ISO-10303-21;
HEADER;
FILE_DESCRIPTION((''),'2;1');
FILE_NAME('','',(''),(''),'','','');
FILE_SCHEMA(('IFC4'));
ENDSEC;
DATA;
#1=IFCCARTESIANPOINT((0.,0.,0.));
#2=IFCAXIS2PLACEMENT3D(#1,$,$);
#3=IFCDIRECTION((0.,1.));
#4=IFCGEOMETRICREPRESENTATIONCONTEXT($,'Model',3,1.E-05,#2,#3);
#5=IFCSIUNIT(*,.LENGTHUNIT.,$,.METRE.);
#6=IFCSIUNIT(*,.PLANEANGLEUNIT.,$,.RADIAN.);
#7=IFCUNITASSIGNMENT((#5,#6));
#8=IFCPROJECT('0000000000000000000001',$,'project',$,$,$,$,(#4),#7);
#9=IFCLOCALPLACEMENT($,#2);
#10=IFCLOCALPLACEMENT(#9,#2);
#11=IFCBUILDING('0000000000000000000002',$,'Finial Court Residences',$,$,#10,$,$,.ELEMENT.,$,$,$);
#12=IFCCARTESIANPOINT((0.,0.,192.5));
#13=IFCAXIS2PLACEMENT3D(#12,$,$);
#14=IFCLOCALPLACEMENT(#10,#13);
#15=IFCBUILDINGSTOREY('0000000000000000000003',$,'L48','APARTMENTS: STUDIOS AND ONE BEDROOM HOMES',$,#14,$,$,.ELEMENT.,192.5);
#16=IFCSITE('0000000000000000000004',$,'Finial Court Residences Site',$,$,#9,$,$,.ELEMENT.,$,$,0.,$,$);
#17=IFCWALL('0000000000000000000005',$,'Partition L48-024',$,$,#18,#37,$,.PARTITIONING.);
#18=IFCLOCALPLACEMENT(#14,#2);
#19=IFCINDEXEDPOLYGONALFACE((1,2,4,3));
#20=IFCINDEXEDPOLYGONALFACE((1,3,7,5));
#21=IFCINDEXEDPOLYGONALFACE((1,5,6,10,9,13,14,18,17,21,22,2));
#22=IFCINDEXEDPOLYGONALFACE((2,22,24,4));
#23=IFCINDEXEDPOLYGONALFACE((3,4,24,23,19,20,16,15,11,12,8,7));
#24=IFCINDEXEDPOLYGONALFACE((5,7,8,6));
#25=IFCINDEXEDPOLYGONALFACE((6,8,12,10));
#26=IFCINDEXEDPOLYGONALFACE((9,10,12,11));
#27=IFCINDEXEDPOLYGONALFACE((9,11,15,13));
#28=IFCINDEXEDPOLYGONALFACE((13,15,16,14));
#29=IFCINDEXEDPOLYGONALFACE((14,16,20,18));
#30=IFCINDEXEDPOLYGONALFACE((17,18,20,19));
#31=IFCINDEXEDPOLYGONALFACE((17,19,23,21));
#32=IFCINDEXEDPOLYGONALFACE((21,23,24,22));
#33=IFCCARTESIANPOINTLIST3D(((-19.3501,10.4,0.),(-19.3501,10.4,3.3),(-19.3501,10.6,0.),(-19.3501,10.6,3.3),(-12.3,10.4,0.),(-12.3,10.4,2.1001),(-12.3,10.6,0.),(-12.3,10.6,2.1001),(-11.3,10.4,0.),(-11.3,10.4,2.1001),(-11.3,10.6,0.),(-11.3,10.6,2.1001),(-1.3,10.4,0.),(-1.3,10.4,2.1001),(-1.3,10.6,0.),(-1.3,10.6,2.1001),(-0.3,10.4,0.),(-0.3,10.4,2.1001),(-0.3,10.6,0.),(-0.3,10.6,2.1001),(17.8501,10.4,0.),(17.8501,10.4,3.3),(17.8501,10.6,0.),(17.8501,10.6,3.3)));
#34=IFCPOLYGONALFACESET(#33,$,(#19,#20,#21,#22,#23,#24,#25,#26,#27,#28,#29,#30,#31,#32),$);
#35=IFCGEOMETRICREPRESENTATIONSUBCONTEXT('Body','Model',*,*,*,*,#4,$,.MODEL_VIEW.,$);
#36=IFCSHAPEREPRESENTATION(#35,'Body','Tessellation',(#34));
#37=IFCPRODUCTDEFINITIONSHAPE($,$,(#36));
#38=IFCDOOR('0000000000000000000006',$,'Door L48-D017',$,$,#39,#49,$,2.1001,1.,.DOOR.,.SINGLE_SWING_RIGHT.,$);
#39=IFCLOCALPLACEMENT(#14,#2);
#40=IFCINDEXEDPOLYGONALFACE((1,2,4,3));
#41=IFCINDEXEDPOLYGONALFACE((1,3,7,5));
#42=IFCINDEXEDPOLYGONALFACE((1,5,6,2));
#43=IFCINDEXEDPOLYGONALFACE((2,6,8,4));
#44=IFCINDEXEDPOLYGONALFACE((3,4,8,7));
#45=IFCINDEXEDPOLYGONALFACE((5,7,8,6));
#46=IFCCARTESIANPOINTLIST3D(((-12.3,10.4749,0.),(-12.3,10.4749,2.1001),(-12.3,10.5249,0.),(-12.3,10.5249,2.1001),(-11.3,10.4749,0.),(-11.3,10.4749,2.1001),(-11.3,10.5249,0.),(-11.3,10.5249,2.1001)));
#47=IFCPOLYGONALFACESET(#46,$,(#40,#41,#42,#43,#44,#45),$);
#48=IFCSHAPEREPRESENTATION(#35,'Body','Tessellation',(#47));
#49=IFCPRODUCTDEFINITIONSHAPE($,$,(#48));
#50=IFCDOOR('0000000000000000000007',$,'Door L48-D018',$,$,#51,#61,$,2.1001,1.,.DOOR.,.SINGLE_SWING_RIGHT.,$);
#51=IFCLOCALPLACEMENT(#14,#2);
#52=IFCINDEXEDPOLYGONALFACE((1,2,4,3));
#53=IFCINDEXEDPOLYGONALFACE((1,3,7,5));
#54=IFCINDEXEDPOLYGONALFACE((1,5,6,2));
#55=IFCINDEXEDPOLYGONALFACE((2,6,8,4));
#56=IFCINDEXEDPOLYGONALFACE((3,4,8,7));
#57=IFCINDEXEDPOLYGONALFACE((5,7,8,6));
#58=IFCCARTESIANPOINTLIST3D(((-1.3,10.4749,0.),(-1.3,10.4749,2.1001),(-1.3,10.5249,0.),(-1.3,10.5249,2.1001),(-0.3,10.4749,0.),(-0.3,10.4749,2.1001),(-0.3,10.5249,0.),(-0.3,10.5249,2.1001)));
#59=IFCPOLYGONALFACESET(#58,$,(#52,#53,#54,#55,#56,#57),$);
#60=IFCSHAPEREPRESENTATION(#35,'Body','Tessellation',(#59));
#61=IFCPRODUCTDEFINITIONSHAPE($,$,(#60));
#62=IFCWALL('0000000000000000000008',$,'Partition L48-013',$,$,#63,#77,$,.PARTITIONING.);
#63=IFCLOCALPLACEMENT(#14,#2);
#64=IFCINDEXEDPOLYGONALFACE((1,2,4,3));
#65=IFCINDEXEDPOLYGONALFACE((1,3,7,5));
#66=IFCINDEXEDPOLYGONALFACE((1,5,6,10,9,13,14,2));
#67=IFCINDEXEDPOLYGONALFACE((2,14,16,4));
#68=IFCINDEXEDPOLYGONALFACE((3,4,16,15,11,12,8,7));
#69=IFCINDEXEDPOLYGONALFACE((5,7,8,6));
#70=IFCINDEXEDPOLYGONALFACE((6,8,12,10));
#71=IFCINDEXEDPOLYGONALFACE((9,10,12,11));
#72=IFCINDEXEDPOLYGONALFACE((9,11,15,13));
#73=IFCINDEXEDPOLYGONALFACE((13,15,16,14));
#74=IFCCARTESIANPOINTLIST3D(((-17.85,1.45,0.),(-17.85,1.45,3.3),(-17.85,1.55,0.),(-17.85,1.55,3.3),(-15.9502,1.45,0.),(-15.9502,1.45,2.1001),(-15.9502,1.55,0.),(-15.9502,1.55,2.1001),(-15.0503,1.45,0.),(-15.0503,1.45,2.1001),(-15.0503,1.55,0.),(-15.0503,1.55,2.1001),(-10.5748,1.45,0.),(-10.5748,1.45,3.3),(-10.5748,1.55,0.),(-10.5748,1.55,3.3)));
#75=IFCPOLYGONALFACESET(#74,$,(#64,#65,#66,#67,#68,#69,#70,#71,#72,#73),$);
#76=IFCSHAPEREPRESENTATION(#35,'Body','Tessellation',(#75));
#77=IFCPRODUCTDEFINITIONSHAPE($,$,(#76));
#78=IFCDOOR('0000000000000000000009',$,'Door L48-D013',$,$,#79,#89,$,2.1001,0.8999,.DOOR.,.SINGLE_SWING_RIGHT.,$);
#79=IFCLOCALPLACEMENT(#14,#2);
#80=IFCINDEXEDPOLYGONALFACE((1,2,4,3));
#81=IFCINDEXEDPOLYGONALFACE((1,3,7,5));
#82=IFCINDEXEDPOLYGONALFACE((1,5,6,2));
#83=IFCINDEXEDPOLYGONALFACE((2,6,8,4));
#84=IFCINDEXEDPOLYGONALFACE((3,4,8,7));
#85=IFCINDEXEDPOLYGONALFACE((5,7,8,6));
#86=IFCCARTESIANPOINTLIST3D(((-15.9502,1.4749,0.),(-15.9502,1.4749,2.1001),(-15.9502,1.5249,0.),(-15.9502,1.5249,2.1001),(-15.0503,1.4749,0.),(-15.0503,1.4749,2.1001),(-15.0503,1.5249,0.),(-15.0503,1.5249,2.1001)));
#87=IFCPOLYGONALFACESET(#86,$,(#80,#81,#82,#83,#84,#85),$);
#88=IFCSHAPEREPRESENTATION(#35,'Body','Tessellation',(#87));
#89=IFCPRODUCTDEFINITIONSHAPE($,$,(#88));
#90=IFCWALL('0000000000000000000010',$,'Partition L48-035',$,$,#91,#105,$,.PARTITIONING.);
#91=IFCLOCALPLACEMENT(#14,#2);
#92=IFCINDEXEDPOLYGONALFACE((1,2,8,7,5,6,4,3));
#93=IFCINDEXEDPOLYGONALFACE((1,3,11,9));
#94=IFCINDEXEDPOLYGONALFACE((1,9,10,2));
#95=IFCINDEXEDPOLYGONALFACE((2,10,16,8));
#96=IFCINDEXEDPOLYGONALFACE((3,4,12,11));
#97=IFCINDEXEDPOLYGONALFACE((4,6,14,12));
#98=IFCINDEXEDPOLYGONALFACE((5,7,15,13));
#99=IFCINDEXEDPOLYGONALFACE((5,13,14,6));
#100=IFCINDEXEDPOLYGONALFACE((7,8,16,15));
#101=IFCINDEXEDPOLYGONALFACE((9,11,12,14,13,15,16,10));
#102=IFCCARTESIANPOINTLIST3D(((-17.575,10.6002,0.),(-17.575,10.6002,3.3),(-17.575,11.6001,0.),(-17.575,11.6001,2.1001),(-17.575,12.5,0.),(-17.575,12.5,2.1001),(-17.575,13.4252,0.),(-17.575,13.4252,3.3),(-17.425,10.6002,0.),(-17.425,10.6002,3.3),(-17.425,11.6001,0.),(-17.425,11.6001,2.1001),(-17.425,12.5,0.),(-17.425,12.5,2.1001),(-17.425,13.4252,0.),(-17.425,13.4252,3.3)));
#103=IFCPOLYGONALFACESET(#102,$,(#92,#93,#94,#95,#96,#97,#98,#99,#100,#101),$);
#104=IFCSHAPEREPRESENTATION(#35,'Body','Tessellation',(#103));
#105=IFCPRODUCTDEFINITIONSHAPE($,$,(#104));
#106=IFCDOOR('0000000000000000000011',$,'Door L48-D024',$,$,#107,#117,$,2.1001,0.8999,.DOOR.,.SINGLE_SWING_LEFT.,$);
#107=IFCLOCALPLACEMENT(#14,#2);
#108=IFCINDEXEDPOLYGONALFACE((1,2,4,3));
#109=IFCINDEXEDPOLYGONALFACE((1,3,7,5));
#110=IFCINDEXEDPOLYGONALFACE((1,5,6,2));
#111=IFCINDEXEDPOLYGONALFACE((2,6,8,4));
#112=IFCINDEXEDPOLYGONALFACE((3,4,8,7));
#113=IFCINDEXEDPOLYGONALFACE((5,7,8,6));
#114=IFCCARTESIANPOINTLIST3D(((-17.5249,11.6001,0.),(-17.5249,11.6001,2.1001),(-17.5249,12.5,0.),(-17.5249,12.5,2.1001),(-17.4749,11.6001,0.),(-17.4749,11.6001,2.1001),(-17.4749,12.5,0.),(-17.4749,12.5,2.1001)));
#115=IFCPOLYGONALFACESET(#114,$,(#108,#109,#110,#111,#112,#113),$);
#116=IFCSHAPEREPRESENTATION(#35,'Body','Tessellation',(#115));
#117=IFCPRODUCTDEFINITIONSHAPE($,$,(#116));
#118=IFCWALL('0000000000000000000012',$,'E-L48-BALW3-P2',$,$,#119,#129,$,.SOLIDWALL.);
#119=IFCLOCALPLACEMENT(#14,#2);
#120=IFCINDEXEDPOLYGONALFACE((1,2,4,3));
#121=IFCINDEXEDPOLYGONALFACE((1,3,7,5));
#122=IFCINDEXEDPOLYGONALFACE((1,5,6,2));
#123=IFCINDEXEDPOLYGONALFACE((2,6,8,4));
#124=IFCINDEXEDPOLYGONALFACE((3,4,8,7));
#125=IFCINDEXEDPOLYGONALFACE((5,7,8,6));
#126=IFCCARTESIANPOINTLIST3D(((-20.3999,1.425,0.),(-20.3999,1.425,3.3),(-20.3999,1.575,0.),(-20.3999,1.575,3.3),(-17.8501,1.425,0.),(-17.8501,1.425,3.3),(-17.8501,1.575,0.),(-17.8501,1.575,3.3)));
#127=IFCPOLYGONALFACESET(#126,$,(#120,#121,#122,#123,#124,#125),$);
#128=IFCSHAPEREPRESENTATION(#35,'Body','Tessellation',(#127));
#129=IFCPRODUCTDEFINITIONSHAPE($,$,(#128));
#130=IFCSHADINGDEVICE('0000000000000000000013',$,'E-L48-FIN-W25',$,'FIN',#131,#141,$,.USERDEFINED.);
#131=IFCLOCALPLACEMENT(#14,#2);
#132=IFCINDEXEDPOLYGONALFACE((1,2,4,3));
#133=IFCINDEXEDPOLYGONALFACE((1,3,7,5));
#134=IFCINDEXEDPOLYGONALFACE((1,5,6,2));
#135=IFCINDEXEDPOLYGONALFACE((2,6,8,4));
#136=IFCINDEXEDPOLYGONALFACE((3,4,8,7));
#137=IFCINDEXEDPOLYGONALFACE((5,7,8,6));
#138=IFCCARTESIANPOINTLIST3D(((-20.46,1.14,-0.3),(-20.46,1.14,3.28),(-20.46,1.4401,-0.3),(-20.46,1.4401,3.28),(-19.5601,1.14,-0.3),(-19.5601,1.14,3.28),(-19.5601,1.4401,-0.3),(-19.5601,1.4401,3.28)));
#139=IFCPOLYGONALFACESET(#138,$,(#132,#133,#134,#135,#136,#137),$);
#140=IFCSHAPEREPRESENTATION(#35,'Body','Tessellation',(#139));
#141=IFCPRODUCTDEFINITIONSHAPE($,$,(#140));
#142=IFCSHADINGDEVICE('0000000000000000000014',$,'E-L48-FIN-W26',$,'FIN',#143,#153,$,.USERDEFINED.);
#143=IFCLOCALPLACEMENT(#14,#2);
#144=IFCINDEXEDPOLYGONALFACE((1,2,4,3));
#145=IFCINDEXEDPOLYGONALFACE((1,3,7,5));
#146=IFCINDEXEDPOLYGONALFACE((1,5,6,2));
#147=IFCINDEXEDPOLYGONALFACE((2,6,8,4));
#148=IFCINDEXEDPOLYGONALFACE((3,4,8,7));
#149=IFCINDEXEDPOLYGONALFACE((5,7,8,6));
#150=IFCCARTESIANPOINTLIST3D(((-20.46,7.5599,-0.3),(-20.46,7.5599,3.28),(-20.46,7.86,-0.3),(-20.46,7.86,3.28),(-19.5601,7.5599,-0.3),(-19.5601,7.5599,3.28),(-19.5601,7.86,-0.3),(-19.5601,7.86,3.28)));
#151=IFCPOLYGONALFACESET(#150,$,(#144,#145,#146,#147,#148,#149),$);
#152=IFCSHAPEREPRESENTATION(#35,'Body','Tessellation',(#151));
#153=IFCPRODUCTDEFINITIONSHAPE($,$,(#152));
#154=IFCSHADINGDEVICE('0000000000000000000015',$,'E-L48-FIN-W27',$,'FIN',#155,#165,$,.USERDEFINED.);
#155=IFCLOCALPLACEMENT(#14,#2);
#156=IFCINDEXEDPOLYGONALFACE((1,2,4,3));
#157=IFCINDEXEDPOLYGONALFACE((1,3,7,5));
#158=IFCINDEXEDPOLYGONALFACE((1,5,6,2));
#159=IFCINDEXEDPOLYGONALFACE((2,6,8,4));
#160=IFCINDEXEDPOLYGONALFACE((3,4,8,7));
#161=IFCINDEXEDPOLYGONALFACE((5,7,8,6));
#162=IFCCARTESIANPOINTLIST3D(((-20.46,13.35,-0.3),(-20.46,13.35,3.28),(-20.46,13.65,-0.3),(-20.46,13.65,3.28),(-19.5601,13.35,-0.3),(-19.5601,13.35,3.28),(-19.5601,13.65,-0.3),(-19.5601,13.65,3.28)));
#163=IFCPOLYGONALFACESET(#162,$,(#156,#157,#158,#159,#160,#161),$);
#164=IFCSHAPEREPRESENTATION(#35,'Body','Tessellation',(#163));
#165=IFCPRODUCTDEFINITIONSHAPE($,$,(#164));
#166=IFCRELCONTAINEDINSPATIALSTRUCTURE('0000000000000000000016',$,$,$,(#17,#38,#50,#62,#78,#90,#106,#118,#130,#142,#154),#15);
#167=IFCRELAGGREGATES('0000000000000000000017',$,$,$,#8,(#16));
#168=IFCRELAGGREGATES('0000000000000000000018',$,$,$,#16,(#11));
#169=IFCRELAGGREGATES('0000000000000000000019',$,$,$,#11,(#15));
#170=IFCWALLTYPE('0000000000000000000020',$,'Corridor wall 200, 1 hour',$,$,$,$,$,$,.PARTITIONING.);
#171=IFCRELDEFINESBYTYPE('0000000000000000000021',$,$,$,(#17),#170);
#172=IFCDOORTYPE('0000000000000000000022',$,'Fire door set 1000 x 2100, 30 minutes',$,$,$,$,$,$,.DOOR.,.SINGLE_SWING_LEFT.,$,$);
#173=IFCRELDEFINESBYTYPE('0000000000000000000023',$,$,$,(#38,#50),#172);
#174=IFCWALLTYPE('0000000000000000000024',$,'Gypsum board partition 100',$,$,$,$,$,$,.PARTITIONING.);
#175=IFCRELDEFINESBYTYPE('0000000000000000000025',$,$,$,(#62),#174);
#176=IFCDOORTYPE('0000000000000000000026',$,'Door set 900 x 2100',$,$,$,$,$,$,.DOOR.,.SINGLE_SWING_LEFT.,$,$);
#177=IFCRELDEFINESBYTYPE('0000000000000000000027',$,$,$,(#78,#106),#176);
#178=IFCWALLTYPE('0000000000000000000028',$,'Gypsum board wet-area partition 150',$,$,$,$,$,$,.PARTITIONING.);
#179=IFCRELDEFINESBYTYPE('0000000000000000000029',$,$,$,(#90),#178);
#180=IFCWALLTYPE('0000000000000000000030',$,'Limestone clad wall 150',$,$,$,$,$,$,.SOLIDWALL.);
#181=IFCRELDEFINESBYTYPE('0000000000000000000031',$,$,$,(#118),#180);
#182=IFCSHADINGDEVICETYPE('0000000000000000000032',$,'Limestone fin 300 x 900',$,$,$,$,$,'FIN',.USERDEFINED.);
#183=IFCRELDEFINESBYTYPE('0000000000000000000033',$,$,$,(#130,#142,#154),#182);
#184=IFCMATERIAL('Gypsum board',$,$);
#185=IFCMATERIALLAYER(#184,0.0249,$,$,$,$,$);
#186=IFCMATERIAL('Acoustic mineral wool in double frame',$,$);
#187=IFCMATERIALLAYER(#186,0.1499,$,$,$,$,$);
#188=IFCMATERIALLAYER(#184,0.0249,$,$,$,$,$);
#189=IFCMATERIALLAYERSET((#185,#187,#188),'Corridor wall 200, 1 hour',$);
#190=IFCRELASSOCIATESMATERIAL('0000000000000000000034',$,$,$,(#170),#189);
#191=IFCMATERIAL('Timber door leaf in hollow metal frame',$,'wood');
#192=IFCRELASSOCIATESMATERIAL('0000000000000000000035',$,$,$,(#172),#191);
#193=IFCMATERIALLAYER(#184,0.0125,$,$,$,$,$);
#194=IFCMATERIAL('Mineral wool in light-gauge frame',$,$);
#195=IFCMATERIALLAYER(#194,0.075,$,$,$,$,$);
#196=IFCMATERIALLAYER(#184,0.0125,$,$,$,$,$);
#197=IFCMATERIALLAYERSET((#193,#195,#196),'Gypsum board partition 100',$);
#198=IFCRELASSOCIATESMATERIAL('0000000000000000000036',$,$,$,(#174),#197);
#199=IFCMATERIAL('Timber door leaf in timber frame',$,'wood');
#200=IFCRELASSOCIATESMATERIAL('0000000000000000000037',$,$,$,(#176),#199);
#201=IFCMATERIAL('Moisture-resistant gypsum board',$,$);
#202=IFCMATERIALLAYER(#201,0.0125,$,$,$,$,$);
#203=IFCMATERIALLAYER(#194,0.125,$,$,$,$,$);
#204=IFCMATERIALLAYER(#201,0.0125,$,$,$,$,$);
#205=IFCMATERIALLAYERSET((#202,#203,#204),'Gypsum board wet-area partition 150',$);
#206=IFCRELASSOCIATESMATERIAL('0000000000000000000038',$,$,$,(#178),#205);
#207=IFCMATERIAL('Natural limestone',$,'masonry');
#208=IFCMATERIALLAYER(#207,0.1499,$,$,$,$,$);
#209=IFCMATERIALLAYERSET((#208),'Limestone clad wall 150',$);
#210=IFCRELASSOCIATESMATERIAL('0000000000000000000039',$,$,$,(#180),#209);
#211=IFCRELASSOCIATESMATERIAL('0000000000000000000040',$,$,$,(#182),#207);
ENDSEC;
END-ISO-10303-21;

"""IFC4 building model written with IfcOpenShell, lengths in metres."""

from ifc_helpers import new_model, si_unit, direction, frame, frame_2d, origin, origin_2d, place, context, subcontext, project, spatial, rectangle, extrude, material, layer, layer_set, type_object, element, fill, save


model = new_model("IFC4")

# Units and contexts
model_context = context("Model", 3, precision=1e-05, world=origin(), true_north=direction((0.0, 1.0)))
body_context = subcontext(model_context, "Body", "Model", "MODEL_VIEW")
ifc_project = project(units=[si_unit("LENGTHUNIT", "METRE"), si_unit("PLANEANGLEUNIT", "RADIAN")], contexts=[model_context])

# Site, building, storey
site_placement = place(None, origin())
site = spatial("IfcSite", under=ifc_project, at=site_placement, Name="Finial Court Residences Site", CompositionType="ELEMENT", RefElevation=0.0)
building_placement = place(site_placement, origin())
building = spatial("IfcBuilding", under=site, at=building_placement, Name="Finial Court Residences", CompositionType="ELEMENT")
storey_placement = place(building_placement, frame((0.0, 0.0, 192.5)))
storey = spatial("IfcBuildingStorey", under=building, at=storey_placement, Name="L48", Description="APARTMENTS: STUDIOS AND ONE BEDROOM HOMES", CompositionType="ELEMENT", Elevation=192.5)

# Shared definitions
ifc_material_1 = material(Name="Gypsum board")
ifc_layer_1 = layer(ifc_material_1, 0.0249)
ifc_material_2 = material(Name="Acoustic mineral wool in double frame")
ifc_layer_2 = layer(ifc_material_2, 0.1499)
ifc_layer_3 = layer(ifc_material_1, 0.0249)
ifc_layer_set_1 = layer_set([ifc_layer_1, ifc_layer_2, ifc_layer_3], Name="Corridor wall 200, 1 hour")
wall_type_1 = type_object("IfcWallType", Name="Corridor wall 200, 1 hour", PredefinedType="PARTITIONING", material=ifc_layer_set_1)

# Wall, openings, doors
wall_1_placement = place(storey_placement, frame((-19.3501, 10.5, 0.0), z_axis=(0.0, 0.0, 1.0), x_axis=(1.0, 0.0, 0.0)))
wall_1 = element("IfcWall", 1, at=wall_1_placement, inside=storey, type_object=wall_type_1, Name="Partition L48-024", PredefinedType="PARTITIONING", context=body_context, shape_type="SweptSolid", body=[
    extrude(rectangle(XDim=37.2002, YDim=0.2, at=frame_2d((18.6001, 0.0))), origin(), (0.0, 0.0, 1.0), 3.3),
])
opening_1_placement = place(wall_1_placement, frame((7.05, 0.0, 0.0)))
opening_1 = element("IfcOpeningElement", 2, at=opening_1_placement, cuts=wall_1, PredefinedType="OPENING", context=body_context, shape_type="SweptSolid", body=[
    extrude(rectangle(XDim=1.0, YDim=2.1001, at=frame_2d((0.5, 1.05))), frame((0.0, 0.1099, 0.0), z_axis=(0.0, -1.0, 0.0), x_axis=(1.0, 0.0, 0.0)), (0.0, 0.0, 1.0), 0.22),
])
opening_2_placement = place(wall_1_placement, frame((18.05, 0.0, 0.0)))
opening_2 = element("IfcOpeningElement", 3, at=opening_2_placement, cuts=wall_1, PredefinedType="OPENING", context=body_context, shape_type="SweptSolid", body=[
    extrude(rectangle(XDim=1.0, YDim=2.1001, at=frame_2d((0.5, 1.05))), frame((0.0, 0.1099, 0.0), z_axis=(0.0, -1.0, 0.0), x_axis=(1.0, 0.0, 0.0)), (0.0, 0.0, 1.0), 0.22),
])
ifc_material_3 = material(Name="Timber door leaf in hollow metal frame", Category="wood")
door_type_1 = type_object("IfcDoorType", Name="Fire door set 1000 x 2100, 30 minutes", OperationType="SINGLE_SWING_LEFT", PredefinedType="DOOR", material=ifc_material_3)
door_1_placement = place(opening_1_placement, origin())
door_1 = element("IfcDoor", 4, at=door_1_placement, inside=storey, type_object=door_type_1, Name="Door L48-D017", OperationType="SINGLE_SWING_RIGHT", OverallHeight=2.1001, OverallWidth=1.0, PredefinedType="DOOR", context=body_context, shape_type="SweptSolid", body=[
    extrude(rectangle(XDim=1.0, YDim=2.1001, at=frame_2d((0.5, 1.05))), frame((0.0, 0.0249, 0.0), z_axis=(0.0, -1.0, 0.0), x_axis=(1.0, 0.0, 0.0)), (0.0, 0.0, 1.0), 0.05),
])
fill(opening_1, door_1)
door_2_placement = place(opening_2_placement, origin())
door_2 = element("IfcDoor", 5, at=door_2_placement, inside=storey, type_object=door_type_1, Name="Door L48-D018", OperationType="SINGLE_SWING_RIGHT", OverallHeight=2.1001, OverallWidth=1.0, PredefinedType="DOOR", context=body_context, shape_type="SweptSolid", body=[
    extrude(rectangle(XDim=1.0, YDim=2.1001, at=frame_2d((0.5, 1.05))), frame((0.0, 0.0249, 0.0), z_axis=(0.0, -1.0, 0.0), x_axis=(1.0, 0.0, 0.0)), (0.0, 0.0, 1.0), 0.05),
])
fill(opening_2, door_2)

# Walls, openings, doors
ifc_layer_4 = layer(ifc_material_1, 0.0125)
ifc_material_4 = material(Name="Mineral wool in light-gauge frame")
ifc_layer_5 = layer(ifc_material_4, 0.075)
ifc_layer_6 = layer(ifc_material_1, 0.0125)
ifc_layer_set_2 = layer_set([ifc_layer_4, ifc_layer_5, ifc_layer_6], Name="Gypsum board partition 100")
wall_type_2 = type_object("IfcWallType", Name="Gypsum board partition 100", PredefinedType="PARTITIONING", material=ifc_layer_set_2)
wall_2_placement = place(storey_placement, frame((-17.8501, 1.5, 0.0), z_axis=(0.0, 0.0, 1.0), x_axis=(1.0, 0.0, 0.0)))
wall_2 = element("IfcWall", 6, at=wall_2_placement, inside=storey, type_object=wall_type_2, Name="Partition L48-013", PredefinedType="PARTITIONING", context=body_context, shape_type="SweptSolid", body=[
    extrude(rectangle(XDim=7.2751, YDim=0.1001, at=frame_2d((3.6377, 0.0))), origin(), (0.0, 0.0, 1.0), 3.3),
])
opening_3_placement = place(wall_2_placement, frame((1.8999, 0.0, 0.0)))
opening_3 = element("IfcOpeningElement", 7, at=opening_3_placement, cuts=wall_2, PredefinedType="OPENING", context=body_context, shape_type="SweptSolid", body=[
    extrude(rectangle(XDim=0.8999, YDim=2.1001, at=frame_2d((0.45, 1.05))), frame((0.0, 0.0601, 0.0), z_axis=(0.0, -1.0, 0.0), x_axis=(1.0, 0.0, 0.0)), (0.0, 0.0, 1.0), 0.1201),
])
ifc_material_5 = material(Name="Timber door leaf in timber frame", Category="wood")
door_type_2 = type_object("IfcDoorType", Name="Door set 900 x 2100", OperationType="SINGLE_SWING_LEFT", PredefinedType="DOOR", material=ifc_material_5)
door_3_placement = place(opening_3_placement, origin())
door_3 = element("IfcDoor", 8, at=door_3_placement, inside=storey, type_object=door_type_2, Name="Door L48-D013", OperationType="SINGLE_SWING_RIGHT", OverallHeight=2.1001, OverallWidth=0.8999, PredefinedType="DOOR", context=body_context, shape_type="SweptSolid", body=[
    extrude(rectangle(XDim=0.8999, YDim=2.1001, at=frame_2d((0.45, 1.05))), frame((0.0, 0.0249, 0.0), z_axis=(0.0, -1.0, 0.0), x_axis=(1.0, 0.0, 0.0)), (0.0, 0.0, 1.0), 0.05),
])
fill(opening_3, door_3)
ifc_material_6 = material(Name="Moisture-resistant gypsum board")
ifc_layer_7 = layer(ifc_material_6, 0.0125)
ifc_layer_8 = layer(ifc_material_4, 0.125)
ifc_layer_9 = layer(ifc_material_6, 0.0125)
ifc_layer_set_3 = layer_set([ifc_layer_7, ifc_layer_8, ifc_layer_9], Name="Gypsum board wet-area partition 150")
wall_type_3 = type_object("IfcWallType", Name="Gypsum board wet-area partition 150", PredefinedType="PARTITIONING", material=ifc_layer_set_3)
wall_3_placement = place(storey_placement, frame((-17.5, 10.6001, 0.0), z_axis=(0.0, 0.0, 1.0), x_axis=(0.0, 1.0, 0.0)))
wall_3 = element("IfcWall", 9, at=wall_3_placement, inside=storey, type_object=wall_type_3, Name="Partition L48-035", PredefinedType="PARTITIONING", context=body_context, shape_type="SweptSolid", body=[
    extrude(rectangle(XDim=2.825, YDim=0.1499, at=frame_2d((1.4126, 0.0))), origin(), (0.0, 0.0, 1.0), 3.3),
])
opening_4_placement = place(wall_3_placement, frame((1.0, 0.0, 0.0)))
opening_4 = element("IfcOpeningElement", 10, at=opening_4_placement, cuts=wall_3, PredefinedType="OPENING", context=body_context, shape_type="SweptSolid", body=[
    extrude(rectangle(XDim=0.8999, YDim=2.1001, at=frame_2d((0.45, 1.05))), frame((0.0, 0.085, 0.0), z_axis=(0.0, -1.0, 0.0), x_axis=(1.0, 0.0, 0.0)), (0.0, 0.0, 1.0), 0.1699),
])
door_4_placement = place(opening_4_placement, origin())
door_4 = element("IfcDoor", 11, at=door_4_placement, inside=storey, type_object=door_type_2, Name="Door L48-D024", OperationType="SINGLE_SWING_LEFT", OverallHeight=2.1001, OverallWidth=0.8999, PredefinedType="DOOR", context=body_context, shape_type="SweptSolid", body=[
    extrude(rectangle(XDim=0.8999, YDim=2.1001, at=frame_2d((0.45, 1.05))), frame((0.0, 0.0249, 0.0), z_axis=(0.0, -1.0, 0.0), x_axis=(1.0, 0.0, 0.0)), (0.0, 0.0, 1.0), 0.05),
])
fill(opening_4, door_4)

# Wall
ifc_material_7 = material(Name="Natural limestone", Category="masonry")
ifc_layer_10 = layer(ifc_material_7, 0.1499)
ifc_layer_set_4 = layer_set([ifc_layer_10], Name="Limestone clad wall 150")
wall_type_4 = type_object("IfcWallType", Name="Limestone clad wall 150", PredefinedType="SOLIDWALL", material=ifc_layer_set_4)
wall_4_placement = place(storey_placement, frame((-17.8501, 1.5, 0.0), z_axis=(0.0, 0.0, 1.0), x_axis=(-1.0, 0.0, 0.0)))
element("IfcWall", 12, at=wall_4_placement, inside=storey, type_object=wall_type_4, Name="E-L48-BALW3-P2", PredefinedType="SOLIDWALL", context=body_context, shape_type="SweptSolid", body=[
    extrude(rectangle(XDim=2.5498, YDim=0.1499, at=frame_2d((1.2749, 0.0))), origin(), (0.0, 0.0, 1.0), 3.3),
])

# Shading devices
shading_device_type = type_object("IfcShadingDeviceType", Name="Limestone fin 300 x 900", ElementType="FIN", PredefinedType="USERDEFINED", material=ifc_material_7)
for number, where, z_axis, x_axis, name in (
    (13, (-20.01, 1.29, -0.3), (0.0, 0.0, 1.0), (1.0, 0.0, 0.0), "E-L48-FIN-W25"),
    (14, (-20.01, 7.71, -0.3), (0.0, 0.0, 1.0), (1.0, 0.0, 0.0), "E-L48-FIN-W26"),
    (15, (-20.01, 13.5, -0.3), (0.0, 0.0, 1.0), (1.0, 0.0, 0.0), "E-L48-FIN-W27"),
):
    element("IfcShadingDevice", number, at=place(storey_placement, frame(where, z_axis=z_axis, x_axis=x_axis)), inside=storey, type_object=shading_device_type, Name=name, ObjectType="FIN", PredefinedType="USERDEFINED", context=body_context, shape_type="SweptSolid", body=[
        extrude(rectangle(XDim=0.8999, YDim=0.3, at=origin_2d()), origin(), (0.0, 0.0, 1.0), 3.5801),
    ])

save(model, "model.ifc")
